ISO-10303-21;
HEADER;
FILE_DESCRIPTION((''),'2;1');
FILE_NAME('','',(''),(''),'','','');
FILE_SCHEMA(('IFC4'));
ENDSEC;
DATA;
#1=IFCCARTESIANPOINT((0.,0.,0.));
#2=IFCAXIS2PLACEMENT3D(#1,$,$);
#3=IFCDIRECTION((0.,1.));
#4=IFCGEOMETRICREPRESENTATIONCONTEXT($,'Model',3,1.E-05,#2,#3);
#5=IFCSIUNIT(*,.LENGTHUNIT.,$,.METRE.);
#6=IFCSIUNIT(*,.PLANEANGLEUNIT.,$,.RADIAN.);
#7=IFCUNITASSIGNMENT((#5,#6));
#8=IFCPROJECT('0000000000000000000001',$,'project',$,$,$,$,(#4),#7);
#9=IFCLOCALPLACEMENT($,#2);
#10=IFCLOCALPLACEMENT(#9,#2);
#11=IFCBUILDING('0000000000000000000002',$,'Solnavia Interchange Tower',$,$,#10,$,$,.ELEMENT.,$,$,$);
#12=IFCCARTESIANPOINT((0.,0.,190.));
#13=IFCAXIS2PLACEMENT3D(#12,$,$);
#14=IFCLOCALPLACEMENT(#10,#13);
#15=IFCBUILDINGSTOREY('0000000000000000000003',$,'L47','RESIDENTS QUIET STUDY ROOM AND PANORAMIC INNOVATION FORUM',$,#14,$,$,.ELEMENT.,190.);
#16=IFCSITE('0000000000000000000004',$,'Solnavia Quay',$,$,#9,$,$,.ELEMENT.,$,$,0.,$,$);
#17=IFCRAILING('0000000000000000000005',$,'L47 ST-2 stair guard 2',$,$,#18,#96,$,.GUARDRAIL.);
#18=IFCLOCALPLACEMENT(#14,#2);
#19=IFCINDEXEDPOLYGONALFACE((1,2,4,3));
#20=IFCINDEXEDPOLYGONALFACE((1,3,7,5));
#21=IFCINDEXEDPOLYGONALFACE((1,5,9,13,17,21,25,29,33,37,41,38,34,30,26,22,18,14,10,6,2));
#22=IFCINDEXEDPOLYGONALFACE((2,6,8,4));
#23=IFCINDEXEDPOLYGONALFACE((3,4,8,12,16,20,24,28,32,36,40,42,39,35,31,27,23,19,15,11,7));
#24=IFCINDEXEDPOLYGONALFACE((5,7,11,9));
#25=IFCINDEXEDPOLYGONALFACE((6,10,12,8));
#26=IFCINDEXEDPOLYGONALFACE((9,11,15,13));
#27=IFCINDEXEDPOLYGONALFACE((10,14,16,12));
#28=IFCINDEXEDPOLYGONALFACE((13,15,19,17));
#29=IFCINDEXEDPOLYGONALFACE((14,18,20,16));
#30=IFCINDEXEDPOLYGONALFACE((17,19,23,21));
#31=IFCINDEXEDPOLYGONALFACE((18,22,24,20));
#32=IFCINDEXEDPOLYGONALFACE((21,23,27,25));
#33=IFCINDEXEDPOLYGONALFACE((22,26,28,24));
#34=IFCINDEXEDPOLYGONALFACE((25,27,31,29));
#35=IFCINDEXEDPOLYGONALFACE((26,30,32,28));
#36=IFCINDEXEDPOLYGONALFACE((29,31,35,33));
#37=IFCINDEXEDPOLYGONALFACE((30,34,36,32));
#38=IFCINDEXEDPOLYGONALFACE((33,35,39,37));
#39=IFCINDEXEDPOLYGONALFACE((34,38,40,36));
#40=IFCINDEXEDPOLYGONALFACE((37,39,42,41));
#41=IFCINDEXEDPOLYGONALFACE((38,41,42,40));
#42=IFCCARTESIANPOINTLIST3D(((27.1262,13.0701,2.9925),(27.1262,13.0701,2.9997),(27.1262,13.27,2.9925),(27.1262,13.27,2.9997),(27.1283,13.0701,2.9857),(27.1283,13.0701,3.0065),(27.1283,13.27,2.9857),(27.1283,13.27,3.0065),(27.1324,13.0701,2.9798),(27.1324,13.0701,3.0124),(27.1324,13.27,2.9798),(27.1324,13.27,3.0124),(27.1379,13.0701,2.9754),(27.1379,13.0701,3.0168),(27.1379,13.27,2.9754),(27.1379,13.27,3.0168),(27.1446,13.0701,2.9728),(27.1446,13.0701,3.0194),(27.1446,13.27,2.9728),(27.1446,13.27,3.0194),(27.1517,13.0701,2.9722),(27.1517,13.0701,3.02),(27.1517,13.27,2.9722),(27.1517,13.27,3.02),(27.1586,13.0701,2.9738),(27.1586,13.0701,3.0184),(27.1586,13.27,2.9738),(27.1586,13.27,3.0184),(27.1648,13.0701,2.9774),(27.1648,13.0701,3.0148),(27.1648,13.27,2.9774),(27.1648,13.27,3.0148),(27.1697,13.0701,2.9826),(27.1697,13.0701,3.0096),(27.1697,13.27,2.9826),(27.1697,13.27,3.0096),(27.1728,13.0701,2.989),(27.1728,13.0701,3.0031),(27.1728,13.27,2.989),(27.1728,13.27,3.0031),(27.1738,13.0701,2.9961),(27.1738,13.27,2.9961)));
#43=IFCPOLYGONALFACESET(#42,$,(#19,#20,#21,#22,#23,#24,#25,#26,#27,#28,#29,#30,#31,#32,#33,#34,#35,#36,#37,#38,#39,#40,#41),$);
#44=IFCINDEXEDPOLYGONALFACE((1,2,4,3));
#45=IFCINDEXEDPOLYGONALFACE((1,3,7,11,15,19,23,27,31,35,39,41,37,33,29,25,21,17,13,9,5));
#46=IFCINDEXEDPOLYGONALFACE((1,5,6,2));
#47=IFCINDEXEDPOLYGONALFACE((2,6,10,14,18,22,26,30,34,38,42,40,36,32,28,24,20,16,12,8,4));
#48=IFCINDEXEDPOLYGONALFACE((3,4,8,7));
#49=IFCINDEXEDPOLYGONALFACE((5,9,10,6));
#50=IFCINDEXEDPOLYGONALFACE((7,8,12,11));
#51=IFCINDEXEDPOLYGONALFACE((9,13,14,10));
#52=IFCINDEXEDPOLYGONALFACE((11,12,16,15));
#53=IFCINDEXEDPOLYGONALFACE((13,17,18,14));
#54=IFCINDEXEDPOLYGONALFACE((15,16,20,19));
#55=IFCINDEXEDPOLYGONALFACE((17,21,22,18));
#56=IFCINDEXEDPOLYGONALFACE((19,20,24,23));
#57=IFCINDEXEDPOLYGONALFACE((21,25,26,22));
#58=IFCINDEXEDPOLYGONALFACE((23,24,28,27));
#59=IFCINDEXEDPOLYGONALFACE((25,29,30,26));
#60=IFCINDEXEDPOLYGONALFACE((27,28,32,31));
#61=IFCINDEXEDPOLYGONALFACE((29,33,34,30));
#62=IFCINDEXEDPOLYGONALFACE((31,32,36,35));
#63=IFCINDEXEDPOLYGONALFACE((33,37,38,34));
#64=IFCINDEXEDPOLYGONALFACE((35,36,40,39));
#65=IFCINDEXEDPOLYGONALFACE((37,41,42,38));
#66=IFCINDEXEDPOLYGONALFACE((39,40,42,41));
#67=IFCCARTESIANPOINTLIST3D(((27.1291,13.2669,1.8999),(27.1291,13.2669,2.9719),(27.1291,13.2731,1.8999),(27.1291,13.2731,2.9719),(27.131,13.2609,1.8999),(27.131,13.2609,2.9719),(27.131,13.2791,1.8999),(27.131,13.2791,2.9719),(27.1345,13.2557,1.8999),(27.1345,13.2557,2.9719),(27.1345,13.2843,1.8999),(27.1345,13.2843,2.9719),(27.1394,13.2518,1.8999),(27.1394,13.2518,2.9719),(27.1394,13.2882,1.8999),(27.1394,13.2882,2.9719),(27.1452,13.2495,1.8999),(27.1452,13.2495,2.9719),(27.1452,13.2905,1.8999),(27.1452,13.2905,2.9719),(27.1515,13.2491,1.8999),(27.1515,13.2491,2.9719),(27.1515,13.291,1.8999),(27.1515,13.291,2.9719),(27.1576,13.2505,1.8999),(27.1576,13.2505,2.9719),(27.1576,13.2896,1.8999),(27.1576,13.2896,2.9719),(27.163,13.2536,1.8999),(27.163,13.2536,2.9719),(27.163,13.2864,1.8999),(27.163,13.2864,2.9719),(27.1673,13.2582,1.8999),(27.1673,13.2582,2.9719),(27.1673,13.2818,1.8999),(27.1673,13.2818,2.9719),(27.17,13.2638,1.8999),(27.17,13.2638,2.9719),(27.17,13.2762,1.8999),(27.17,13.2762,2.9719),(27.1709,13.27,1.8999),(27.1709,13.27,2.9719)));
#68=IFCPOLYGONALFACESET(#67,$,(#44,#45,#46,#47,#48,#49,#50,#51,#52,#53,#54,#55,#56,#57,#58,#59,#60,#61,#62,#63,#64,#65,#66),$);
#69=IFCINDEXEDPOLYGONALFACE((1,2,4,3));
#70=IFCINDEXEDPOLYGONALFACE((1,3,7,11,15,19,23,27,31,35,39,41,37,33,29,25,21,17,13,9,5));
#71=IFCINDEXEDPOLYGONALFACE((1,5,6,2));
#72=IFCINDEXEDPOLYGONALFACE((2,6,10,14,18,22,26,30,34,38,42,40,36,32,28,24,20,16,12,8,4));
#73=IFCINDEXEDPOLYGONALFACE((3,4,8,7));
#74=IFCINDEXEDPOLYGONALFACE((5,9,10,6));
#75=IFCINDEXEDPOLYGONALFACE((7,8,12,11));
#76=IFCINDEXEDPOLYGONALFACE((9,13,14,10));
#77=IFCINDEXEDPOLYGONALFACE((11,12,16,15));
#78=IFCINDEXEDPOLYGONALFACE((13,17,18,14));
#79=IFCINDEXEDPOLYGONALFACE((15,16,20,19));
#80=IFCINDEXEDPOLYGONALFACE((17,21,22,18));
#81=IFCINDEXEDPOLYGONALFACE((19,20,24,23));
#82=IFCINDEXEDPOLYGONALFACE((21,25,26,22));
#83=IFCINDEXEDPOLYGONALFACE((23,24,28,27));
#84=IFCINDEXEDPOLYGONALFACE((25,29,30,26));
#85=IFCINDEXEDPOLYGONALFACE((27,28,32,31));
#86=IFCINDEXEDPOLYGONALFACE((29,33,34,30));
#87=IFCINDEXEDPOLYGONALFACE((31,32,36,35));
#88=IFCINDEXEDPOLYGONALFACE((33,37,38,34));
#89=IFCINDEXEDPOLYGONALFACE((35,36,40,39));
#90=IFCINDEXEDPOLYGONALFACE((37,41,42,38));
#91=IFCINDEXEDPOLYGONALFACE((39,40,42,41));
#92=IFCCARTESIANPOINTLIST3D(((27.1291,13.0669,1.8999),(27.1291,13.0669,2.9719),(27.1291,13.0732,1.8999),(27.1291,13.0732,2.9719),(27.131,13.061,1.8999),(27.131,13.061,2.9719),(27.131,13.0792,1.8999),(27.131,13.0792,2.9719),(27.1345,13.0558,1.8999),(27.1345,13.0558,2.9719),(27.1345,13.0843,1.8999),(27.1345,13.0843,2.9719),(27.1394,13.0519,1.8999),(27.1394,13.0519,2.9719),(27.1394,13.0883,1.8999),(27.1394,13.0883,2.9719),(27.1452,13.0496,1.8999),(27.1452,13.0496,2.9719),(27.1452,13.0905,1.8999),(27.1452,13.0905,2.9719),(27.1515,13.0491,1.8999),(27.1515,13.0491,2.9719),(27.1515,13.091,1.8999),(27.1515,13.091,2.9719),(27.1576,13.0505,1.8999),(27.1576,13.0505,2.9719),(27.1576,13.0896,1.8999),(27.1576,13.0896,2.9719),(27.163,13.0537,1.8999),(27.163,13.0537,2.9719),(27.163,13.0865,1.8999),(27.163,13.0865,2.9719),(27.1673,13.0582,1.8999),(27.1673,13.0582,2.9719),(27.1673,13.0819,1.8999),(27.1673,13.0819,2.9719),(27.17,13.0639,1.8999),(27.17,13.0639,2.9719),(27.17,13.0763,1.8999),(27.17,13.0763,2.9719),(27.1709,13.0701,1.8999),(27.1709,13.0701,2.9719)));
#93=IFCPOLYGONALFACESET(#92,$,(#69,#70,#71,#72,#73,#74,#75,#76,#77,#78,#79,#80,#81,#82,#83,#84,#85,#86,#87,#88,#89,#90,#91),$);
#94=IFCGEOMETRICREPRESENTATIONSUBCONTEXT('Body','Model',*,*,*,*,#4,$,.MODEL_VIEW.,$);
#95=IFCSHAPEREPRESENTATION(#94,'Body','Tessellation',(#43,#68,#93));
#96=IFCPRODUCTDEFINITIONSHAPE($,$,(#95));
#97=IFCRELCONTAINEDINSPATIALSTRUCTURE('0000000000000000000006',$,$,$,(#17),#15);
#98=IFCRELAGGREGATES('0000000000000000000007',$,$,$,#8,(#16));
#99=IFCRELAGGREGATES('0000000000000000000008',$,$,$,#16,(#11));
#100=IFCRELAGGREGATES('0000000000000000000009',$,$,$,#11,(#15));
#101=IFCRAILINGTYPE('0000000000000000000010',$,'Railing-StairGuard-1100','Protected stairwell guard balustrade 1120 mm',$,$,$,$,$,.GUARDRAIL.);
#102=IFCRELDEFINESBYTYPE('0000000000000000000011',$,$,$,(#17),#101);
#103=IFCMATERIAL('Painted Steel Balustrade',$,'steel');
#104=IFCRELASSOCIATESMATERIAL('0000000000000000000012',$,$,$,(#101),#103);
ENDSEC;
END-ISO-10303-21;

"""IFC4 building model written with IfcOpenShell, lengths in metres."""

from ifc_helpers import new_model, si_unit, direction, frame, origin, origin_2d, place, context, subcontext, project, spatial, circle, extrude, material, type_object, element, save


model = new_model("IFC4")

# Units and contexts
model_context = context("Model", 3, precision=1e-05, world=origin(), true_north=direction((0.0, 1.0)))
body_context = subcontext(model_context, "Body", "Model", "MODEL_VIEW")
ifc_project = project(units=[si_unit("LENGTHUNIT", "METRE"), si_unit("PLANEANGLEUNIT", "RADIAN")], contexts=[model_context])

# Site, building, storey
site_placement = place(None, origin())
site = spatial("IfcSite", under=ifc_project, at=site_placement, Name="Solnavia Quay", CompositionType="ELEMENT", RefElevation=0.0)
building_placement = place(site_placement, origin())
building = spatial("IfcBuilding", under=site, at=building_placement, Name="Solnavia Interchange Tower", CompositionType="ELEMENT")
storey_placement = place(building_placement, frame((0.0, 0.0, 190.0)))
storey = spatial("IfcBuildingStorey", under=building, at=storey_placement, Name="L47", Description="RESIDENTS QUIET STUDY ROOM AND PANORAMIC INNOVATION FORUM", CompositionType="ELEMENT", Elevation=190.0)

# Railing
ifc_material_1 = material(Name="Painted Steel Balustrade", Category="steel")
railing_type_1 = type_object("IfcRailingType", Name="Railing-StairGuard-1100", Description="Protected stairwell guard balustrade 1120 mm", PredefinedType="GUARDRAIL", material=ifc_material_1)
railing_1_placement = place(storey_placement, frame((27.1499, 13.27, 1.8999)))
element("IfcRailing", 1, at=railing_1_placement, inside=storey, type_object=railing_type_1, Name="L47 ST-2 stair guard 2", PredefinedType="GUARDRAIL", context=body_context, shape_type="SweptSolid", body=[
    extrude(circle(Radius=0.0239, at=origin_2d()), frame((0.0, 0.0, 1.0962), z_axis=(0.0, -1.0, 0.0), x_axis=(1.0, 0.0, 0.0)), (0.0, 0.0, 1.0), 0.2),
    extrude(circle(Radius=0.021, at=origin_2d()), origin(), (0.0, 0.0, 1.0), 1.072),
    extrude(circle(Radius=0.021, at=origin_2d()), frame((0.0, -0.2, 0.0)), (0.0, 0.0, 1.0), 1.072),
])

save(model, "model.ifc")
